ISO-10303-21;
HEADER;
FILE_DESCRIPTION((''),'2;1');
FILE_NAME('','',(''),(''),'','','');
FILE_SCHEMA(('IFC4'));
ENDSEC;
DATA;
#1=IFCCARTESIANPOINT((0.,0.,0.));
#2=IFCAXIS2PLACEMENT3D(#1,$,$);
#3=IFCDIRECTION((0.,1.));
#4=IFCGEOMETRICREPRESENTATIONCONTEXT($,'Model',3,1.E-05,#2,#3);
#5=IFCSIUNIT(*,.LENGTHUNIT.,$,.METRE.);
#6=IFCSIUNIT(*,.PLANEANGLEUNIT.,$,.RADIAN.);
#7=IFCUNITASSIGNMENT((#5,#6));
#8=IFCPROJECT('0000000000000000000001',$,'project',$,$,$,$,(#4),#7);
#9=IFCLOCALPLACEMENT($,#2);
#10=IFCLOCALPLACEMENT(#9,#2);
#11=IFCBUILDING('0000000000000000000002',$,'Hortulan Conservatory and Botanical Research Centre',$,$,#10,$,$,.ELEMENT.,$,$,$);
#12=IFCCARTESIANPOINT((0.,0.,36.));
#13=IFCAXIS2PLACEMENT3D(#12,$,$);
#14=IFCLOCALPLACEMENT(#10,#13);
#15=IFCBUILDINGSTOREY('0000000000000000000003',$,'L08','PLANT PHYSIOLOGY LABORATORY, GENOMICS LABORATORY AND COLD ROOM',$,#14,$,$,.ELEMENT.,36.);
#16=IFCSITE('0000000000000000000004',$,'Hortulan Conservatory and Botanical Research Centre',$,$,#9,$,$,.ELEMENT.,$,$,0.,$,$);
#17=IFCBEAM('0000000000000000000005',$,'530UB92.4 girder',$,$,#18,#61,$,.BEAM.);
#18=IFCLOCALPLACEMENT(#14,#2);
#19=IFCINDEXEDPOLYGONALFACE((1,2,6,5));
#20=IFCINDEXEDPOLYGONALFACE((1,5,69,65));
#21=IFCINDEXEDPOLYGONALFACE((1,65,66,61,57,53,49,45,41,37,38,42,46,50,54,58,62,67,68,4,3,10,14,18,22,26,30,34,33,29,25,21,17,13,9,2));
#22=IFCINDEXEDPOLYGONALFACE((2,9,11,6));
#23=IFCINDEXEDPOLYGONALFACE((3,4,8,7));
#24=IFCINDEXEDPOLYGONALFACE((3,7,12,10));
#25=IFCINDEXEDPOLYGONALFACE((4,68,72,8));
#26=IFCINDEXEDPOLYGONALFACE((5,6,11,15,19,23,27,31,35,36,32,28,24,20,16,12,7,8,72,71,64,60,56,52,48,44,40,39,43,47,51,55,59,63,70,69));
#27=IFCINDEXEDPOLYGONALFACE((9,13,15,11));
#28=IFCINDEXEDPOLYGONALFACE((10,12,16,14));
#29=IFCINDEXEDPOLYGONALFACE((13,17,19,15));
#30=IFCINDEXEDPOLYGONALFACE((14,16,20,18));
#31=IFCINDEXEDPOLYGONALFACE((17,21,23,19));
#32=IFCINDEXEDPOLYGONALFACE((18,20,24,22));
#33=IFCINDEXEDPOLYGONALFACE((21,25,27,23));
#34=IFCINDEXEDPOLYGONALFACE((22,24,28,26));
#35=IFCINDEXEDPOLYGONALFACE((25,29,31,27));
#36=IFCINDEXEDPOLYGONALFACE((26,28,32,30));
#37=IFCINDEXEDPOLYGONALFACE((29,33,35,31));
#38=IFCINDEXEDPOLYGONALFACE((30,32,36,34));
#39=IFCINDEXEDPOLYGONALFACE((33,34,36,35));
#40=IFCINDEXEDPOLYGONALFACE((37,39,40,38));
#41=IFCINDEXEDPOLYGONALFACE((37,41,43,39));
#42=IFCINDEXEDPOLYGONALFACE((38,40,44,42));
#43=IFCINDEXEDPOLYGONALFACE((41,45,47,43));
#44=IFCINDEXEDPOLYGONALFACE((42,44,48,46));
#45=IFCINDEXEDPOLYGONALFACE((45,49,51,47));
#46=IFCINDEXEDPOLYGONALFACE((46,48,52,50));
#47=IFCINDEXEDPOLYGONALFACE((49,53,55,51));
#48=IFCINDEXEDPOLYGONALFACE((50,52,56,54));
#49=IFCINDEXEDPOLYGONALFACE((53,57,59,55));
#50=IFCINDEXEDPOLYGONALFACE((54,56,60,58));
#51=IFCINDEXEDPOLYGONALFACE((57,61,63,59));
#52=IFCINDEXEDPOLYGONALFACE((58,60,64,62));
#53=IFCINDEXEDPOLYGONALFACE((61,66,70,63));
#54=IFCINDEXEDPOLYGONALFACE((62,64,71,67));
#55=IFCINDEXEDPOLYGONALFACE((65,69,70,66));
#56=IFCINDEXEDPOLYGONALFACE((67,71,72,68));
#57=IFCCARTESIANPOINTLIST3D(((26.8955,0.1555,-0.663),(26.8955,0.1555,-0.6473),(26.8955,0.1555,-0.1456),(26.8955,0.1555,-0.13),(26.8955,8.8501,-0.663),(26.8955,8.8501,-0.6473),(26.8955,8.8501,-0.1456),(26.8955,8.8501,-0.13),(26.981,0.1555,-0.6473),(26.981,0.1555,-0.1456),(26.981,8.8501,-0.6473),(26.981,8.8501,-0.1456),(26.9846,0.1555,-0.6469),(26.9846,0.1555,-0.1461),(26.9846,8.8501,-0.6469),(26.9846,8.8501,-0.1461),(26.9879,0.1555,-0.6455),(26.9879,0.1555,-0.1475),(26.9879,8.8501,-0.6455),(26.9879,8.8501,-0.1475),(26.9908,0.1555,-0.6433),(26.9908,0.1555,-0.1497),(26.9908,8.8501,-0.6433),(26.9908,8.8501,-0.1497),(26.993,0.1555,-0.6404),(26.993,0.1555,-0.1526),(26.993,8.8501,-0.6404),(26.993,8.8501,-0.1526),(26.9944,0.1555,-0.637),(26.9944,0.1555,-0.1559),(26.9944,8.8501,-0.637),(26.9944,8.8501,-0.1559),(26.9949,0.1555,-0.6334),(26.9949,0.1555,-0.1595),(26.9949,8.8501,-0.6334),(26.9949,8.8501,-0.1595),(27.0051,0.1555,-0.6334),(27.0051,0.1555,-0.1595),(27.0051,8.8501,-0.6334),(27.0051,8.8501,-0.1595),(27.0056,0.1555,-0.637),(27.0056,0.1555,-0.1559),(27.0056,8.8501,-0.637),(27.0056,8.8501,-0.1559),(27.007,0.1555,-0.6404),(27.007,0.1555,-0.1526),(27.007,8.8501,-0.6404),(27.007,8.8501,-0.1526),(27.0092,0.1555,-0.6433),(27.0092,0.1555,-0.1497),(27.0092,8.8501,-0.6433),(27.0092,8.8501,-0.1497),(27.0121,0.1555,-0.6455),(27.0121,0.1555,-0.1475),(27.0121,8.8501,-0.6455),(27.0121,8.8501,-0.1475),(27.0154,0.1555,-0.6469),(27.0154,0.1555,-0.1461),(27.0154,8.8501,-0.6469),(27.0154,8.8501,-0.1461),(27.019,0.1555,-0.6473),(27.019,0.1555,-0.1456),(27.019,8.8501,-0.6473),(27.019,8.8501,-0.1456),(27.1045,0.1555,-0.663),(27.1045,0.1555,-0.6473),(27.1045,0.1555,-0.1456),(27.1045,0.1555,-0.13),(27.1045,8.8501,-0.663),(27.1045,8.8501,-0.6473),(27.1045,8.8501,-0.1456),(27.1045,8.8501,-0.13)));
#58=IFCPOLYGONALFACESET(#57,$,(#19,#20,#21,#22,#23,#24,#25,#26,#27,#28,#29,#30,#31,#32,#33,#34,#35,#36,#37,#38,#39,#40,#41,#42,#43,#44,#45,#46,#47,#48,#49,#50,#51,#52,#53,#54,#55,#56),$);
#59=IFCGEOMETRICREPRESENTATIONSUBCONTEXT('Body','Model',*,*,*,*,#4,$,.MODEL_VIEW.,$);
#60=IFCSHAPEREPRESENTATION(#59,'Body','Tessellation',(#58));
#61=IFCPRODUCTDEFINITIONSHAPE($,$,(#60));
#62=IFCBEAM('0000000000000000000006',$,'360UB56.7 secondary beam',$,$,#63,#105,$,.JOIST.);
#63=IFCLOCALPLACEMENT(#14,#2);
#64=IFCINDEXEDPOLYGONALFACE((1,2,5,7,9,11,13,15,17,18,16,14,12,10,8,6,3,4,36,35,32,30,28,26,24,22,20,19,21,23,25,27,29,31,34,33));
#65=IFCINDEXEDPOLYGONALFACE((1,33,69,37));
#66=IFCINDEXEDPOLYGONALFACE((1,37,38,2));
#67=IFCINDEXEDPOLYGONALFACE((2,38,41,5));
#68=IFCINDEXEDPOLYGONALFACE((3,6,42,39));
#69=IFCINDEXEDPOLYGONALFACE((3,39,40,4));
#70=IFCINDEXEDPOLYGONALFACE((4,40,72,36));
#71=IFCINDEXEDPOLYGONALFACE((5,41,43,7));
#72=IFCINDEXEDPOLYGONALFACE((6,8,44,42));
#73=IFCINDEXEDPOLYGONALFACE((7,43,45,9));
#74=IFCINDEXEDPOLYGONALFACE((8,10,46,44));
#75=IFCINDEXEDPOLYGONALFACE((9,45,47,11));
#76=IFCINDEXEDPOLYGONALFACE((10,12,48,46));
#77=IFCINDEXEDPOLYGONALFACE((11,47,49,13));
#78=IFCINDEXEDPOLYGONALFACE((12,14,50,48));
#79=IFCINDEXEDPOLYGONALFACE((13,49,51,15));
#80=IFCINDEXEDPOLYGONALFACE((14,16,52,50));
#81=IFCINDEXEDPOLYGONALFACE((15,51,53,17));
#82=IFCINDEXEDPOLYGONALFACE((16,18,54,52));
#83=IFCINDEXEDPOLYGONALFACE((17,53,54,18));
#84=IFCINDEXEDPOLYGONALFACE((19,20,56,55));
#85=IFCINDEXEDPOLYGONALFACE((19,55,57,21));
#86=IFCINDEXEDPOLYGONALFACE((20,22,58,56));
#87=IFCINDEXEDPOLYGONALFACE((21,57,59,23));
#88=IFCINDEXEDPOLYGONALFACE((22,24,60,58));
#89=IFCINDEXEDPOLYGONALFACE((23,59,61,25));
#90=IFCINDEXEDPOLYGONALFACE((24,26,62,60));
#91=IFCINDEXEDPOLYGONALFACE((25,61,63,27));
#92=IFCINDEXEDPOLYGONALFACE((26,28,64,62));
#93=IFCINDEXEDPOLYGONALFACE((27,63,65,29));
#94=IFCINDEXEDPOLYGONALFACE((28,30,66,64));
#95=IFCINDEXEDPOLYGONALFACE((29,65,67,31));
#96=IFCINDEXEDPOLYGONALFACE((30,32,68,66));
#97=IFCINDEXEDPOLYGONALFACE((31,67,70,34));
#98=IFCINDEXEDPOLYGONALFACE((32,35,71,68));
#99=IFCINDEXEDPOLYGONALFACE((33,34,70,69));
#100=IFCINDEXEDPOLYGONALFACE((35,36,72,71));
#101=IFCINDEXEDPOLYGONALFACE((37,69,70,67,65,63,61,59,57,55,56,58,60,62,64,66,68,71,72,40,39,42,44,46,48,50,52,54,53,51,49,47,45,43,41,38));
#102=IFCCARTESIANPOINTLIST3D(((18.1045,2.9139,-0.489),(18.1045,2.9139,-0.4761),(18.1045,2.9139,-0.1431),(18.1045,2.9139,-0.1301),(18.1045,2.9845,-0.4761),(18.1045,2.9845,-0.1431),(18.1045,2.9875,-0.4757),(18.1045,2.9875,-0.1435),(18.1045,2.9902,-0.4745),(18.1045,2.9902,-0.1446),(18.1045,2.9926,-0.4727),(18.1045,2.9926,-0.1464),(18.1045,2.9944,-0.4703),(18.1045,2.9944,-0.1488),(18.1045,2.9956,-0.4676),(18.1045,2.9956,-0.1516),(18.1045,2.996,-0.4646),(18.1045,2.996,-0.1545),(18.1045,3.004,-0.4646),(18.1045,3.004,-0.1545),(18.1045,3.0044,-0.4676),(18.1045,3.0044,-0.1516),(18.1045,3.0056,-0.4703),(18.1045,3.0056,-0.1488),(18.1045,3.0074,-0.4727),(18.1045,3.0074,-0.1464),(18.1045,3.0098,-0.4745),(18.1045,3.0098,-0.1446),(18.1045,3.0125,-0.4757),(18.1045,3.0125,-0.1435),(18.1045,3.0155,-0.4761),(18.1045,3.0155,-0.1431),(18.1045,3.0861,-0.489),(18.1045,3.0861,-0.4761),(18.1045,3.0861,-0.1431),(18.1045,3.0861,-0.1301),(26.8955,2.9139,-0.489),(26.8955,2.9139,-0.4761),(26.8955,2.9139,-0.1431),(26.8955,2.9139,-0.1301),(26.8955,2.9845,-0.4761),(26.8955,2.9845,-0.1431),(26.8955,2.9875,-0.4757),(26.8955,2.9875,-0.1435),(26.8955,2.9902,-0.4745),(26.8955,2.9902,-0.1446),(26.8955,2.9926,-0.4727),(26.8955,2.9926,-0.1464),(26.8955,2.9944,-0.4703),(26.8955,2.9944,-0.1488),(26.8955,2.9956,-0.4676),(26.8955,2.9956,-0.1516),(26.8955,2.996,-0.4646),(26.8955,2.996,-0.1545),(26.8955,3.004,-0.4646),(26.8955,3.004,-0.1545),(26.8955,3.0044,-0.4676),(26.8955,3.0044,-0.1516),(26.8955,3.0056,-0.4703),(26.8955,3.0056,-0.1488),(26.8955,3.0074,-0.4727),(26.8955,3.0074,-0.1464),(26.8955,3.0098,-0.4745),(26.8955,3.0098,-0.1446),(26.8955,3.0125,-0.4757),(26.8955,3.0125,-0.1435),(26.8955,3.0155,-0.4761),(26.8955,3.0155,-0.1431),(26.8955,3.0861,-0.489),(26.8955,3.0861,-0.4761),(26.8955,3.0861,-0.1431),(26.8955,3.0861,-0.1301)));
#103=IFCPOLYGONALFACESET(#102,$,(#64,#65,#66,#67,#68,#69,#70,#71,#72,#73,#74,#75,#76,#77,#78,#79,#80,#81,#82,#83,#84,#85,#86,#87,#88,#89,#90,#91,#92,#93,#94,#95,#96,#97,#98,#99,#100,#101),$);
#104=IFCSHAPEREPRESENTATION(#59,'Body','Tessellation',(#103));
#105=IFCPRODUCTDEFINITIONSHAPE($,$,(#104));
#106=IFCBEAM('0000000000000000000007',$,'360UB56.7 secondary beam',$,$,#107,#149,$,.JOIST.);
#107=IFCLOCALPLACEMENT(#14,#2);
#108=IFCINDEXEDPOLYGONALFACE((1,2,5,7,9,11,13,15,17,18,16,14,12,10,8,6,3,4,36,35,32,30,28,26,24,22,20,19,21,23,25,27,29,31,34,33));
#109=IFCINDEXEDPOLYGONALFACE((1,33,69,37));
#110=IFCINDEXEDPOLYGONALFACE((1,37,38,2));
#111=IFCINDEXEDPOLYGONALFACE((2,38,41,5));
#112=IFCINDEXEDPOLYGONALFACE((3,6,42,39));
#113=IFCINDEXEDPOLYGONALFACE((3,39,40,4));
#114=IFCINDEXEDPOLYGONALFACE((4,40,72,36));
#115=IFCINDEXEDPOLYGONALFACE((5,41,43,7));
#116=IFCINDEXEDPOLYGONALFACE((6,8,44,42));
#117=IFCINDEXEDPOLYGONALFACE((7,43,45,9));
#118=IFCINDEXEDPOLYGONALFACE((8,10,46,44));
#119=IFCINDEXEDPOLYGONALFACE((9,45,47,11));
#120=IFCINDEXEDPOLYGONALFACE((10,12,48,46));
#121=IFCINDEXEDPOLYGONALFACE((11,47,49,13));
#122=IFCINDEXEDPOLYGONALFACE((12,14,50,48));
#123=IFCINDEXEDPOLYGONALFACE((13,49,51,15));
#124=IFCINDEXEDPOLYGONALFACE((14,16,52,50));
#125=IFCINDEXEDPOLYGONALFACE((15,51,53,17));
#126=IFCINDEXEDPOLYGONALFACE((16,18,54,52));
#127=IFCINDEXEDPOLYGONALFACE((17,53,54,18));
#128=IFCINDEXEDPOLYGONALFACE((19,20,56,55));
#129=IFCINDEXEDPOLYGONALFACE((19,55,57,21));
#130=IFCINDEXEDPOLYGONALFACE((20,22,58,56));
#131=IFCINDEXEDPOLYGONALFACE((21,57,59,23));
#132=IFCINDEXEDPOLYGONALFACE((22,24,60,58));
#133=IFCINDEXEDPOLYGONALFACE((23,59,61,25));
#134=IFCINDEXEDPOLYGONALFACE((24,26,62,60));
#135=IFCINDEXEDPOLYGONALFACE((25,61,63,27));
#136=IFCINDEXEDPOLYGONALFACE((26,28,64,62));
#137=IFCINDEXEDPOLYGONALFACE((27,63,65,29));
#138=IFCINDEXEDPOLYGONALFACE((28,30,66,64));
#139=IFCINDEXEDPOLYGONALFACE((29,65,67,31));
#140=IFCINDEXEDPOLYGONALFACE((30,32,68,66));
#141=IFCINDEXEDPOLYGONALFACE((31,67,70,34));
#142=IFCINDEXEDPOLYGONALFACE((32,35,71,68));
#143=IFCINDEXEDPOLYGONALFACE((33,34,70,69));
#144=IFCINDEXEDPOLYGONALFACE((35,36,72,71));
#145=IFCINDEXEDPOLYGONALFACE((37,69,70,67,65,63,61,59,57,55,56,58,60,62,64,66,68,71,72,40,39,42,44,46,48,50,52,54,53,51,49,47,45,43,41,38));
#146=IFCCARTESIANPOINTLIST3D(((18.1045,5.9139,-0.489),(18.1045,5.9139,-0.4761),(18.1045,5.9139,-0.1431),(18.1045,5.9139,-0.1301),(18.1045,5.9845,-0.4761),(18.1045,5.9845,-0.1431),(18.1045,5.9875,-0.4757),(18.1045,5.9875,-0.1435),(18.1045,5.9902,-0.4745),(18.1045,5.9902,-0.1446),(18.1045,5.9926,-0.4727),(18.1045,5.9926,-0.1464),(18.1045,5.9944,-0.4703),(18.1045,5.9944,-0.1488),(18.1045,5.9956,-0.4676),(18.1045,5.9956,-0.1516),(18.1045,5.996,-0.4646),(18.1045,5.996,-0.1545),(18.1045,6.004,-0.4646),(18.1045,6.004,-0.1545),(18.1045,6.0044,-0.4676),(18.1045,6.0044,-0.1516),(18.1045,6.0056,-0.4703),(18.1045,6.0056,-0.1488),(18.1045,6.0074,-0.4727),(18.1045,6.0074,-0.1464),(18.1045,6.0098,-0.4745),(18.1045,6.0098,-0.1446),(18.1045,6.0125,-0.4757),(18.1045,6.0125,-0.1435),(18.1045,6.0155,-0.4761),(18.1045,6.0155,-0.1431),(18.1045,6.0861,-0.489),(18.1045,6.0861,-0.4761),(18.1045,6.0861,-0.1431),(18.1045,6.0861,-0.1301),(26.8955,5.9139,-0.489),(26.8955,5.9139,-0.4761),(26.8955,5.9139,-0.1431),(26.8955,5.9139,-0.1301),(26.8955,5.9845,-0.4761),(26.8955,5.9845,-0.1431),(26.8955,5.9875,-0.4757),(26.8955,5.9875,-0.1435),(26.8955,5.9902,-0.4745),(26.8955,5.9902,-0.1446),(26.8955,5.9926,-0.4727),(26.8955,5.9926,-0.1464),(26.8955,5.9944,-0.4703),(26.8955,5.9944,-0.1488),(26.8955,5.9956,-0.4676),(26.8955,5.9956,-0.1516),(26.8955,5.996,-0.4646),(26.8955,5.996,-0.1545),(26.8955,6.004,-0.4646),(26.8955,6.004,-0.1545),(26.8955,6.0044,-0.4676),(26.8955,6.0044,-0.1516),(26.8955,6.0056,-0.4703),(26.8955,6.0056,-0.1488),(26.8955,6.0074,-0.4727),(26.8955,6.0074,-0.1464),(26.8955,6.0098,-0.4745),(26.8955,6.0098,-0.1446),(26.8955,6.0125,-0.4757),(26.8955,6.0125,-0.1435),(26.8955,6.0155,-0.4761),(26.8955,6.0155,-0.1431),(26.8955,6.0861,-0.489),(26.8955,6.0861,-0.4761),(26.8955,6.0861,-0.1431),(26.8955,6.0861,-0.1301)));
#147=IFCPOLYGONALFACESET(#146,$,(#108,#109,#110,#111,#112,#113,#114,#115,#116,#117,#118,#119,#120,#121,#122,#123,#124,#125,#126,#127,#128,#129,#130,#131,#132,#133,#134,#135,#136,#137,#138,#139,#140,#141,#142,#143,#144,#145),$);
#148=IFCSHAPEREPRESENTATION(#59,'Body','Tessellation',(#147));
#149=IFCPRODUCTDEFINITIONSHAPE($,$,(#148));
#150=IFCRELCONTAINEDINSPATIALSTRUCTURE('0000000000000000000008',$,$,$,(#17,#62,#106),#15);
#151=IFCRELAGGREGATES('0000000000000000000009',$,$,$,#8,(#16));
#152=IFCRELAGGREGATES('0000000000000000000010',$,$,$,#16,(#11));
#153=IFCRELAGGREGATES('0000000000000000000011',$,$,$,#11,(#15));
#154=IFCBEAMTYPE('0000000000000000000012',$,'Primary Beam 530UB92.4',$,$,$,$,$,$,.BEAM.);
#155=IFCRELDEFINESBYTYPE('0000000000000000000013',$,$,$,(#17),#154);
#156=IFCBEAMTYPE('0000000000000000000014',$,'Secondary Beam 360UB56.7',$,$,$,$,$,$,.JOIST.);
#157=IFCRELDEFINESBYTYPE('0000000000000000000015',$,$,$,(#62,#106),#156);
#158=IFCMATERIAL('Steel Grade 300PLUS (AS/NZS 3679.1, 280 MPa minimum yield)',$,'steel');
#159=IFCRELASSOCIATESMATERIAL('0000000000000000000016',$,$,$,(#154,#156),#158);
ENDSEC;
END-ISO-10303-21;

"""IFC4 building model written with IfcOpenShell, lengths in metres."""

from ifc_helpers import new_model, si_unit, direction, frame, origin, origin_2d, place, context, subcontext, project, spatial, i_section, extrude, material, material_profile, profile_set, type_object, element, save


model = new_model("IFC4")

# Units and contexts
model_context = context("Model", 3, precision=1e-05, world=origin(), true_north=direction((0.0, 1.0)))
body_context = subcontext(model_context, "Body", "Model", "MODEL_VIEW")
ifc_project = project(units=[si_unit("LENGTHUNIT", "METRE"), si_unit("PLANEANGLEUNIT", "RADIAN")], contexts=[model_context])

# Site, building, storey
site_placement = place(None, origin())
site = spatial("IfcSite", under=ifc_project, at=site_placement, Name="Hortulan Conservatory and Botanical Research Centre", CompositionType="ELEMENT", RefElevation=0.0)
building_placement = place(site_placement, origin())
building = spatial("IfcBuilding", under=site, at=building_placement, Name="Hortulan Conservatory and Botanical Research Centre", CompositionType="ELEMENT")
storey_placement = place(building_placement, frame((0.0, 0.0, 36.0)))
storey = spatial("IfcBuildingStorey", under=building, at=storey_placement, Name="L08", Description="PLANT PHYSIOLOGY LABORATORY, GENOMICS LABORATORY AND COLD ROOM", CompositionType="ELEMENT", Elevation=36.0)

# Shared definitions
ifc_material_1 = material(Name="Steel Grade 300PLUS (AS/NZS 3679.1, 280 MPa minimum yield)", Category="steel")

# Beams
ifc_material_profile_1 = material_profile(ifc_material_1, i_section(OverallWidth=0.209, OverallDepth=0.533, WebThickness=0.0103, FlangeThickness=0.0156, FilletRadius=0.0139, at=origin_2d()), Name="530UB92.4")
ifc_profile_set_1 = profile_set([ifc_material_profile_1], Name="Steel Grade 300PLUS (AS/NZS 3679.1, 280 MPa minimum yield)")
beam_type_1 = type_object("IfcBeamType", Name="Primary Beam 530UB92.4", PredefinedType="BEAM", material=ifc_profile_set_1)
beam_1_placement = place(storey_placement, frame((27.0, 0.1555, -0.3965), z_axis=(0.0, 1.0, 0.0), x_axis=(-1.0, 0.0, 0.0)))
element("IfcBeam", 1, at=beam_1_placement, inside=storey, type_object=beam_type_1, Name="530UB92.4 girder", PredefinedType="BEAM", context=body_context, shape_type="SweptSolid", body=[
    extrude(i_section(OverallWidth=0.209, OverallDepth=0.533, WebThickness=0.0103, FlangeThickness=0.0156, FilletRadius=0.0139, at=origin_2d()), origin(), (0.0, 0.0, 1.0), 8.6946),
])
ifc_material_profile_2 = material_profile(ifc_material_1, i_section(OverallWidth=0.1721, OverallDepth=0.3589, WebThickness=0.0081, FlangeThickness=0.0129, FilletRadius=0.0115, at=origin_2d()), Name="360UB56.7")
ifc_profile_set_2 = profile_set([ifc_material_profile_2], Name="Steel Grade 300PLUS (AS/NZS 3679.1, 280 MPa minimum yield)")
beam_type_2 = type_object("IfcBeamType", Name="Secondary Beam 360UB56.7", PredefinedType="JOIST", material=ifc_profile_set_2)
for number, where, z_axis, x_axis, name in (
    (2, (18.1045, 3.0, -0.3096), (1.0, 0.0, 0.0), (0.0, 1.0, 0.0), "360UB56.7 secondary beam"),
    (3, (18.1045, 6.0, -0.3096), (1.0, 0.0, 0.0), (0.0, 1.0, 0.0), "360UB56.7 secondary beam"),
):
    element("IfcBeam", number, at=place(storey_placement, frame(where, z_axis=z_axis, x_axis=x_axis)), inside=storey, type_object=beam_type_2, Name=name, PredefinedType="JOIST", context=body_context, shape_type="SweptSolid", body=[
        extrude(i_section(OverallWidth=0.1721, OverallDepth=0.3589, WebThickness=0.0081, FlangeThickness=0.0129, FilletRadius=0.0115, at=origin_2d()), origin(), (0.0, 0.0, 1.0), 8.791),
    ])

save(model, "model.ifc")
